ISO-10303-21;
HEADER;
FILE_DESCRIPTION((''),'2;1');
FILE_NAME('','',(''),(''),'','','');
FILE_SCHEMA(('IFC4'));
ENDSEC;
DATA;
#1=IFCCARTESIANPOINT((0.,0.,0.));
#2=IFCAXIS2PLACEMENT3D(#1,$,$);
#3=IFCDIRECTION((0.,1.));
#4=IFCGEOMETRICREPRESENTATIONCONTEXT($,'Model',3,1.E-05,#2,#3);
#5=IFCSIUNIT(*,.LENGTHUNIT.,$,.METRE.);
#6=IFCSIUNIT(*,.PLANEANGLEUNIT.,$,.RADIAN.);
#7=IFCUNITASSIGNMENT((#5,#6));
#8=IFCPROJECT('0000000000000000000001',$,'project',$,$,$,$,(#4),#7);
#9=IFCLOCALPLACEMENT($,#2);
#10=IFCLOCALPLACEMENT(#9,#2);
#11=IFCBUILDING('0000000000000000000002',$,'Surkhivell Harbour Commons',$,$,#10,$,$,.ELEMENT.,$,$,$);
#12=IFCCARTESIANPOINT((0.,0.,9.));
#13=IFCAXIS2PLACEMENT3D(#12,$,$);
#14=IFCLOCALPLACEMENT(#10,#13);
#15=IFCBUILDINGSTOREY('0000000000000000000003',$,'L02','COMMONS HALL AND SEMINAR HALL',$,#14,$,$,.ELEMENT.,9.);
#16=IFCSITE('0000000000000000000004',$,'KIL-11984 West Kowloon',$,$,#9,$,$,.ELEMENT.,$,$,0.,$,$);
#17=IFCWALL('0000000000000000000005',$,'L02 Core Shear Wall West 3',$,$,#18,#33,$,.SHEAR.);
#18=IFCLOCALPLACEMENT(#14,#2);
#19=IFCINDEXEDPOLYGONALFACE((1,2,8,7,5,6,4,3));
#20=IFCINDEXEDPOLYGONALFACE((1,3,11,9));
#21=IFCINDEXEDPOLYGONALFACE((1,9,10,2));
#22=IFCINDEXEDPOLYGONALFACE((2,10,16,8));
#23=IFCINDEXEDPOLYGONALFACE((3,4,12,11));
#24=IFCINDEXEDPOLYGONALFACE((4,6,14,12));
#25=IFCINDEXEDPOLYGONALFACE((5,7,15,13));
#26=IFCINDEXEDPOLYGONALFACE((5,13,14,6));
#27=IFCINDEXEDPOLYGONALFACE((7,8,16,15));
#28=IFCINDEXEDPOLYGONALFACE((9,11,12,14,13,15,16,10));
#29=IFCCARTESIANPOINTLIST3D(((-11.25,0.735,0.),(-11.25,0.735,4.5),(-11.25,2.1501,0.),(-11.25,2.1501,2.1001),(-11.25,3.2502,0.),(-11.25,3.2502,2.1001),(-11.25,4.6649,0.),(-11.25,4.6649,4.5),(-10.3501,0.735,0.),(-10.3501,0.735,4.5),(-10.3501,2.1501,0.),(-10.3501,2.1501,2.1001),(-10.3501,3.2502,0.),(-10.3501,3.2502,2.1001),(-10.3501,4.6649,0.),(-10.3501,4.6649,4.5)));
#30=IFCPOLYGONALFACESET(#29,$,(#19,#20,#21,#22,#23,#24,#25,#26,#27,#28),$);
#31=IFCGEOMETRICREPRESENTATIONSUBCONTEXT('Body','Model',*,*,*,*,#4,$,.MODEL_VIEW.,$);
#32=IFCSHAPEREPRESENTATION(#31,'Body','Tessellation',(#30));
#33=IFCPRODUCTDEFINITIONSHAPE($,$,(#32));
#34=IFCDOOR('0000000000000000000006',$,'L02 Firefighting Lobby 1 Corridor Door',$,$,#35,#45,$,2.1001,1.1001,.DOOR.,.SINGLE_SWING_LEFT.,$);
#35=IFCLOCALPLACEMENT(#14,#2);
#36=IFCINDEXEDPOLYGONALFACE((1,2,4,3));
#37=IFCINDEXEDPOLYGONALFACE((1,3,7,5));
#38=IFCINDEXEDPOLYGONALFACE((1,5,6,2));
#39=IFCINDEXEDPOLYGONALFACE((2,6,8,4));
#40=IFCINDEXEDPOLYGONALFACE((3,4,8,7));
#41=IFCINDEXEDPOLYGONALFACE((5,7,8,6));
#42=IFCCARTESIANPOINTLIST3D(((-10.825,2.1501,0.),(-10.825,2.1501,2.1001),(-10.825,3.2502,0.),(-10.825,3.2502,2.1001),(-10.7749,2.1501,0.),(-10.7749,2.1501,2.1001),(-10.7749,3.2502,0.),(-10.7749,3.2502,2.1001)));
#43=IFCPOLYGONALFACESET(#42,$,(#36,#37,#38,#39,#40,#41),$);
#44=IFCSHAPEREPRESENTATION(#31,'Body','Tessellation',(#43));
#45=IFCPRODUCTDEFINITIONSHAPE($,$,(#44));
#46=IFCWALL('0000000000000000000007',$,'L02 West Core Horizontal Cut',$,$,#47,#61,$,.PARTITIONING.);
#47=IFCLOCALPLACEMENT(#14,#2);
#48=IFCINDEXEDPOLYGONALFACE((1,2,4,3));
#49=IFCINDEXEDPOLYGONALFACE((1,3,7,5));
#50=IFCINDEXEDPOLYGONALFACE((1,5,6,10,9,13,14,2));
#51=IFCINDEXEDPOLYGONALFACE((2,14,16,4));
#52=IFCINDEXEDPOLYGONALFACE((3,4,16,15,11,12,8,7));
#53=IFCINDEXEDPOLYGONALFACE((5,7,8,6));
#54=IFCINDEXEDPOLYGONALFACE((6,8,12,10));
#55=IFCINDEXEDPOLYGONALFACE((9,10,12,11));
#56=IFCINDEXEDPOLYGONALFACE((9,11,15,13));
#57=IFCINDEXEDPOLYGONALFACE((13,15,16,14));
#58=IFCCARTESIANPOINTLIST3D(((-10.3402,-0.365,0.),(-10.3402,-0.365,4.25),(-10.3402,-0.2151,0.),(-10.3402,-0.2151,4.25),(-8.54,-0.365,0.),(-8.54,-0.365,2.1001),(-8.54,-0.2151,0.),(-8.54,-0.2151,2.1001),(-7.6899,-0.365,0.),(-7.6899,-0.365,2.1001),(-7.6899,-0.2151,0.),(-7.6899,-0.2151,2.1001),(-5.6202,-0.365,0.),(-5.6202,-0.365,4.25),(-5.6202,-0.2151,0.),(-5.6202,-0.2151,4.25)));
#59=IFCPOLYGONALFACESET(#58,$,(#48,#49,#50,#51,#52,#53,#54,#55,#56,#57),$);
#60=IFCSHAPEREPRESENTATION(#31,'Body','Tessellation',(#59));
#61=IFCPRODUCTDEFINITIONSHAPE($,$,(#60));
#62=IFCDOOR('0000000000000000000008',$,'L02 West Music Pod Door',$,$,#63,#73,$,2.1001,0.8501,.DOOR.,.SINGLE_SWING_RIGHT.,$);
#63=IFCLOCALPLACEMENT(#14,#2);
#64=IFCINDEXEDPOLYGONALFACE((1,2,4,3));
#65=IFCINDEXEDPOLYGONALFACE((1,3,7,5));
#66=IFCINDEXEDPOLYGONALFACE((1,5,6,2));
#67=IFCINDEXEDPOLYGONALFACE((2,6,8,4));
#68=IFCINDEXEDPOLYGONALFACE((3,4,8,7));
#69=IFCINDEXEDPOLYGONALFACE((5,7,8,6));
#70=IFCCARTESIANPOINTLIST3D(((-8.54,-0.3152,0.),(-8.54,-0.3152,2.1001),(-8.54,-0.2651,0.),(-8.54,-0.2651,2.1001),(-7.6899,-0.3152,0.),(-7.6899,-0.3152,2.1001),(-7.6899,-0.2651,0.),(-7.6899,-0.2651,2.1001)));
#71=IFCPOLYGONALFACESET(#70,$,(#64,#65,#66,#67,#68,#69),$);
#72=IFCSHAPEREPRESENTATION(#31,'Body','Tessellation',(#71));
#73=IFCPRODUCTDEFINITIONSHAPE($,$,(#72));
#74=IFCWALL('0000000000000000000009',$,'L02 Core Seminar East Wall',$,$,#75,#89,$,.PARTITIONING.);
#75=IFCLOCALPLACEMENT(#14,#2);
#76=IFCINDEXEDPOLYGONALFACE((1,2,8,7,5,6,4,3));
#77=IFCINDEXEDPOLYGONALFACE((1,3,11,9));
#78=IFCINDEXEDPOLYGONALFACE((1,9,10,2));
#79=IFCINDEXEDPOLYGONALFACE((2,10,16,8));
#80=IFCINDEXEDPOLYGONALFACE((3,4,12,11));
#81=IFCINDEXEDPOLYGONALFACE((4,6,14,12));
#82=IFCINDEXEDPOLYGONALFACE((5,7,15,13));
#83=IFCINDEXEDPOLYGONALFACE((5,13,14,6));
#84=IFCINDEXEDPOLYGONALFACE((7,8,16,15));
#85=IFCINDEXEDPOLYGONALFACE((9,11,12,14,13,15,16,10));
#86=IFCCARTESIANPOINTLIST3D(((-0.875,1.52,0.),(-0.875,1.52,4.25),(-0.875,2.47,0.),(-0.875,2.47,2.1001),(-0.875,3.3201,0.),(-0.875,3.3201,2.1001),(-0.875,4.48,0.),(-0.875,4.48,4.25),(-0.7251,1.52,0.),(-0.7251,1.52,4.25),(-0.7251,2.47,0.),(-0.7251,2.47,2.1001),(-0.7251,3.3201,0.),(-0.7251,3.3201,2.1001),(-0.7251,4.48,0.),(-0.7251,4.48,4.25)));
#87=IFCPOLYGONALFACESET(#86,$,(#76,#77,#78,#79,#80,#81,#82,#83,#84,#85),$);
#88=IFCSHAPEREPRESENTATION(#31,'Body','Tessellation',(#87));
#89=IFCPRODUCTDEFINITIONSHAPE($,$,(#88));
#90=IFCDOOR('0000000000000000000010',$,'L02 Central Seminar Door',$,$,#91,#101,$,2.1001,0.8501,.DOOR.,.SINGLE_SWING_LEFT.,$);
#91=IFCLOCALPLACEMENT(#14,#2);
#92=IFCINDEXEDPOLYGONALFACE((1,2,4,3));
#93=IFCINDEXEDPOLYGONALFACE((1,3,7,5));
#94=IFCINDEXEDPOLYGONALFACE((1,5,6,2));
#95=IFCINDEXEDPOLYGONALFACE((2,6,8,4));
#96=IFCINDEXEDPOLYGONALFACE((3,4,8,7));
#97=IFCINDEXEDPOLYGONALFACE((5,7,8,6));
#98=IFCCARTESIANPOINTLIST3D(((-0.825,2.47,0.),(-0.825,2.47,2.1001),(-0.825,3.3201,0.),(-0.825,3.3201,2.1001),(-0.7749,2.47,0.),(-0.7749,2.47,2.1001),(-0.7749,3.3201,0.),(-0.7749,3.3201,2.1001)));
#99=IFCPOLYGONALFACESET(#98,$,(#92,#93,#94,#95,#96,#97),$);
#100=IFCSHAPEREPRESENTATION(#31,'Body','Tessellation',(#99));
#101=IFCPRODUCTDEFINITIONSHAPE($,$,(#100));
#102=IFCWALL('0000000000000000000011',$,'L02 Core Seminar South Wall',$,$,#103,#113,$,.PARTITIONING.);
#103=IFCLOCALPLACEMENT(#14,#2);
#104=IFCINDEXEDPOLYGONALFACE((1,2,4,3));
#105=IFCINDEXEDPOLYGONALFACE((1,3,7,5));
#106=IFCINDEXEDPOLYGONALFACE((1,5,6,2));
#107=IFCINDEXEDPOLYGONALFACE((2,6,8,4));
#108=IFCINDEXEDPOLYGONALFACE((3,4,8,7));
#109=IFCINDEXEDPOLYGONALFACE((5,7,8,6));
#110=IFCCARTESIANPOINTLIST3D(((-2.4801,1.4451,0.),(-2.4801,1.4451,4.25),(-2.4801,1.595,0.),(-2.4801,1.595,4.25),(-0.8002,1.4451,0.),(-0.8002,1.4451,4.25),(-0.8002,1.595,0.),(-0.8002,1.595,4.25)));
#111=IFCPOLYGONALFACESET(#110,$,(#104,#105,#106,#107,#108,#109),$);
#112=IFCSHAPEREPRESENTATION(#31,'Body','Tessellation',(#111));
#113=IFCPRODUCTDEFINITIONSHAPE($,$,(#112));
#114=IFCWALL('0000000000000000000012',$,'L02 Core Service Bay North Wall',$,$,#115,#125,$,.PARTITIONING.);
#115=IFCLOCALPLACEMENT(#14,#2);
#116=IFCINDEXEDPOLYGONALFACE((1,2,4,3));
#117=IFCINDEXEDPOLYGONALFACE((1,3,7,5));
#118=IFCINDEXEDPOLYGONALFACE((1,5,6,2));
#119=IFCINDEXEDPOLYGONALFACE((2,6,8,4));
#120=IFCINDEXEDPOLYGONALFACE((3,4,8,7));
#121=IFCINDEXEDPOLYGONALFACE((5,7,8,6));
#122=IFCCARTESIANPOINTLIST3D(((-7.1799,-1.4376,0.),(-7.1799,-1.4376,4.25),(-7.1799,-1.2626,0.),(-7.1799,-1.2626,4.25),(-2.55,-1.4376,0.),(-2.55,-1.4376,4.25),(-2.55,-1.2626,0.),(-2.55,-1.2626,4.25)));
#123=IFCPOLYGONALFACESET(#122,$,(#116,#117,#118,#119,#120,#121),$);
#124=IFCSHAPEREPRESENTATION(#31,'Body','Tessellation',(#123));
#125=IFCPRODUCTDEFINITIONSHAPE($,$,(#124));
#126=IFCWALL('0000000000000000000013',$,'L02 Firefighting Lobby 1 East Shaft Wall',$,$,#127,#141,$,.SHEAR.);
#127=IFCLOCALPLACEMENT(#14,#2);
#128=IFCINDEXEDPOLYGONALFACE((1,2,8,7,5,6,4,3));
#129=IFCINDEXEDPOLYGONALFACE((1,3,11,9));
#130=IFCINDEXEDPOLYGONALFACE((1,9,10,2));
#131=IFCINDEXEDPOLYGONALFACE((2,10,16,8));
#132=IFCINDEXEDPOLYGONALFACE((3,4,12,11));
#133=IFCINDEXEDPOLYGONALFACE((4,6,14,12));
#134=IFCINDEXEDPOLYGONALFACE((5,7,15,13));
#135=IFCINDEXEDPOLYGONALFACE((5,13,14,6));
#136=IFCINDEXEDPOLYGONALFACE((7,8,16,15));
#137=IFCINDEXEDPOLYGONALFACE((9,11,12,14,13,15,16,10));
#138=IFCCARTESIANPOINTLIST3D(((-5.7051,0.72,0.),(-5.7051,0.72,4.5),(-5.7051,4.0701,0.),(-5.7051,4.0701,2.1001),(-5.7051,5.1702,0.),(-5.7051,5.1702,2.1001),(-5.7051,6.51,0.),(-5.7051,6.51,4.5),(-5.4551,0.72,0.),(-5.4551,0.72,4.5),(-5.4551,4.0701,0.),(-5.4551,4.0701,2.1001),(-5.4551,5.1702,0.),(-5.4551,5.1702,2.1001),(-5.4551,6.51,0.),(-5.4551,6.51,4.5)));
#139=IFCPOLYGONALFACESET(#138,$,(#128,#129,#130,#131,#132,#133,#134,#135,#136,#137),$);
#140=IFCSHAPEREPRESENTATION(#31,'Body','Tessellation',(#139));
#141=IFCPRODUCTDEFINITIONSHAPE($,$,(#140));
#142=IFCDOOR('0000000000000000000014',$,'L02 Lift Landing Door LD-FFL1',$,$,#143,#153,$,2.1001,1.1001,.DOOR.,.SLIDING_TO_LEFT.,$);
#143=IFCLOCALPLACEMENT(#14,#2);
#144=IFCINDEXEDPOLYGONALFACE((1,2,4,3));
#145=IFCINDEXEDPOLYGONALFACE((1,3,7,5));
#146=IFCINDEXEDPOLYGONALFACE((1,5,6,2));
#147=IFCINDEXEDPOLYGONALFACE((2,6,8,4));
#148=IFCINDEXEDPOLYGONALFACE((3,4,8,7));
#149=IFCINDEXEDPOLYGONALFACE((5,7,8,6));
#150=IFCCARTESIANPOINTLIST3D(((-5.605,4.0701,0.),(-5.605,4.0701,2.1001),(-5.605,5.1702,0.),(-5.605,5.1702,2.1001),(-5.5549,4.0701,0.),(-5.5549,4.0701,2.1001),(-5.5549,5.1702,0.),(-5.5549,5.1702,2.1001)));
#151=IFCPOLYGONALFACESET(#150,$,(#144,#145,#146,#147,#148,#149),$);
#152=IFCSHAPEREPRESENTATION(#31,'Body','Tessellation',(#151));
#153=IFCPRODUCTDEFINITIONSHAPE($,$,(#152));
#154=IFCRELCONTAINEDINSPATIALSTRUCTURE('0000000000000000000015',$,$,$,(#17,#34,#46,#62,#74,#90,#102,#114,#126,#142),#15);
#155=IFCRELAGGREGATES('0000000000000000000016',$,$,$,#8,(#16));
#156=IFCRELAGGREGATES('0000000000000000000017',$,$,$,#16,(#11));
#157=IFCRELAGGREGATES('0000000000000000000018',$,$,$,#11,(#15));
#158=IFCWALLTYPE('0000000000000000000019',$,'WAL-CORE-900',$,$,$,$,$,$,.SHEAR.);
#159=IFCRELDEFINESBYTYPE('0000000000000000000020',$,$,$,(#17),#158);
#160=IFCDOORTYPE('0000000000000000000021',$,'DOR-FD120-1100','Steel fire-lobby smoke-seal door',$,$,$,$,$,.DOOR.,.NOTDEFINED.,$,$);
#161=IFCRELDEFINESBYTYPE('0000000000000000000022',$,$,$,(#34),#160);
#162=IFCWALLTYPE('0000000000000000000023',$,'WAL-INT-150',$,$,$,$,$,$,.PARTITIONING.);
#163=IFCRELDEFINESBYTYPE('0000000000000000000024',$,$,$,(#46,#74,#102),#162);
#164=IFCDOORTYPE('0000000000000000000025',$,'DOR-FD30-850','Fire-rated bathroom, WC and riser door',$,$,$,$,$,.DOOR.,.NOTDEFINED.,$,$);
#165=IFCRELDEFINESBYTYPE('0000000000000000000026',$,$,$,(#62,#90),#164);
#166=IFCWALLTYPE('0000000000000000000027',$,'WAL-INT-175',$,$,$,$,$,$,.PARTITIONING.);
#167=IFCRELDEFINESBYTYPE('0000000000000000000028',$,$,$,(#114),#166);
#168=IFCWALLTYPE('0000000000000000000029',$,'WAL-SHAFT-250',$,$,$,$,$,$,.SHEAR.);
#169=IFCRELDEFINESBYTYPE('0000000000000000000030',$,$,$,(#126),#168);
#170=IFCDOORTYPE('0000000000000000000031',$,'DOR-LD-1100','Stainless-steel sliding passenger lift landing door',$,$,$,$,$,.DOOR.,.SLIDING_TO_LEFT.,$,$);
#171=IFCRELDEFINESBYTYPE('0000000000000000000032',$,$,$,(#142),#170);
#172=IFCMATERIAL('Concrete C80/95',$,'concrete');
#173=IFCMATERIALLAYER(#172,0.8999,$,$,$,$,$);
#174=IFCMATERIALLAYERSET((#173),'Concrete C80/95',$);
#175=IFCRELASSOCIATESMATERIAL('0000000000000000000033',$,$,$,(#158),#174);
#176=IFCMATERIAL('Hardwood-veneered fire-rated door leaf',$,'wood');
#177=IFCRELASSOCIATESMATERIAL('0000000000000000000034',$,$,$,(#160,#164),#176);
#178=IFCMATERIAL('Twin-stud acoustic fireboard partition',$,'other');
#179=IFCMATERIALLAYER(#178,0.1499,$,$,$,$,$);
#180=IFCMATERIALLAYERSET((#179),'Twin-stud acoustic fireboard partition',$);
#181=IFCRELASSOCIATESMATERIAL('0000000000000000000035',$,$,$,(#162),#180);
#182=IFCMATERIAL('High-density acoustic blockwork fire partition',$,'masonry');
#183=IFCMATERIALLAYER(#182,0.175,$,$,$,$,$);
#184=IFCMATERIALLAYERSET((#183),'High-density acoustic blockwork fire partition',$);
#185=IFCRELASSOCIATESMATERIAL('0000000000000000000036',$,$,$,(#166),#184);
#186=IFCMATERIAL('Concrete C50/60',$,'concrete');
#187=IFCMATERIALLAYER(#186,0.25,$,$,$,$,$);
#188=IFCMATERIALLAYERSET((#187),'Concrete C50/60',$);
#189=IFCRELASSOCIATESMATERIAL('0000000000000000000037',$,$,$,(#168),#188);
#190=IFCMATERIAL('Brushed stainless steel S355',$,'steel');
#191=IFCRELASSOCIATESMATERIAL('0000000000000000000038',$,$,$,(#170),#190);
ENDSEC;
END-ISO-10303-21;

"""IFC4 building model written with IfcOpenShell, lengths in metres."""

from ifc_helpers import new_model, si_unit, direction, frame, frame_2d, origin, place, context, subcontext, project, spatial, rectangle, extrude, material, layer, layer_set, type_object, element, fill, save


model = new_model("IFC4")

# Units and contexts
model_context = context("Model", 3, precision=1e-05, world=origin(), true_north=direction((0.0, 1.0)))
body_context = subcontext(model_context, "Body", "Model", "MODEL_VIEW")
ifc_project = project(units=[si_unit("LENGTHUNIT", "METRE"), si_unit("PLANEANGLEUNIT", "RADIAN")], contexts=[model_context])

# Site, building, storey
site_placement = place(None, origin())
site = spatial("IfcSite", under=ifc_project, at=site_placement, Name="KIL-11984 West Kowloon", CompositionType="ELEMENT", RefElevation=0.0)
building_placement = place(site_placement, origin())
building = spatial("IfcBuilding", under=site, at=building_placement, Name="Surkhivell Harbour Commons", CompositionType="ELEMENT")
storey_placement = place(building_placement, frame((0.0, 0.0, 9.0)))
storey = spatial("IfcBuildingStorey", under=building, at=storey_placement, Name="L02", Description="COMMONS HALL AND SEMINAR HALL", CompositionType="ELEMENT", Elevation=9.0)

# Shared definitions
ifc_material_1 = material(Name="Concrete C80/95", Category="concrete")

# Shared definitions
ifc_material_2 = material(Name="Concrete C50/60", Category="concrete")

# Walls, openings, doors
ifc_layer_1 = layer(ifc_material_1, 0.8999)
ifc_layer_set_1 = layer_set([ifc_layer_1], Name="Concrete C80/95")
wall_type_1 = type_object("IfcWallType", Name="WAL-CORE-900", PredefinedType="SHEAR", material=ifc_layer_set_1)
wall_1_placement = place(storey_placement, frame((-10.8, 0.7351, 0.0), z_axis=(0.0, 0.0, 1.0), x_axis=(0.0, 1.0, 0.0)))
wall_1 = element("IfcWall", 1, at=wall_1_placement, inside=storey, type_object=wall_type_1, Name="L02 Core Shear Wall West 3", PredefinedType="SHEAR", context=body_context, shape_type="SweptSolid", body=[
    extrude(rectangle(XDim=3.9299, YDim=0.8999, at=frame_2d((1.9648, 0.0))), origin(), (0.0, 0.0, 1.0), 4.5),
])
opening_1_placement = place(wall_1_placement, frame((1.415, 0.0, 0.0)))
opening_1 = element("IfcOpeningElement", 2, at=opening_1_placement, cuts=wall_1, PredefinedType="OPENING", context=body_context, shape_type="SweptSolid", body=[
    extrude(rectangle(XDim=1.1001, YDim=2.1001, at=frame_2d((0.55, 1.05))), frame((0.0, 0.46, 0.0), z_axis=(0.0, -1.0, 0.0), x_axis=(1.0, 0.0, 0.0)), (0.0, 0.0, 1.0), 0.9199),
])
ifc_material_3 = material(Name="Hardwood-veneered fire-rated door leaf", Category="wood")
door_type_1 = type_object("IfcDoorType", Name="DOR-FD120-1100", Description="Steel fire-lobby smoke-seal door", OperationType="NOTDEFINED", PredefinedType="DOOR", material=ifc_material_3)
door_1_placement = place(opening_1_placement, origin())
door_1 = element("IfcDoor", 3, at=door_1_placement, inside=storey, type_object=door_type_1, Name="L02 Firefighting Lobby 1 Corridor Door", OperationType="SINGLE_SWING_LEFT", OverallHeight=2.1001, OverallWidth=1.1001, PredefinedType="DOOR", context=body_context, shape_type="SweptSolid", body=[
    extrude(rectangle(XDim=1.1001, YDim=2.1001, at=frame_2d((0.55, 1.05))), frame((0.0, 0.0249, 0.0), z_axis=(0.0, -1.0, 0.0), x_axis=(1.0, 0.0, 0.0)), (0.0, 0.0, 1.0), 0.05),
])
fill(opening_1, door_1)
ifc_material_4 = material(Name="Twin-stud acoustic fireboard partition", Category="other")
ifc_layer_2 = layer(ifc_material_4, 0.1499)
ifc_layer_set_2 = layer_set([ifc_layer_2], Name="Twin-stud acoustic fireboard partition")
wall_type_2 = type_object("IfcWallType", Name="WAL-INT-150", PredefinedType="PARTITIONING", material=ifc_layer_set_2)
wall_2_placement = place(storey_placement, frame((-10.3401, -0.29, 0.0), z_axis=(0.0, 0.0, 1.0), x_axis=(1.0, 0.0, 0.0)))
wall_2 = element("IfcWall", 4, at=wall_2_placement, inside=storey, type_object=wall_type_2, Name="L02 West Core Horizontal Cut", PredefinedType="PARTITIONING", context=body_context, shape_type="SweptSolid", body=[
    extrude(rectangle(XDim=4.72, YDim=0.1499, at=frame_2d((2.3599, 0.0))), origin(), (0.0, 0.0, 1.0), 4.25),
])
opening_2_placement = place(wall_2_placement, frame((1.8, 0.0, 0.0)))
opening_2 = element("IfcOpeningElement", 5, at=opening_2_placement, cuts=wall_2, PredefinedType="OPENING", context=body_context, shape_type="SweptSolid", body=[
    extrude(rectangle(XDim=0.8501, YDim=2.1001, at=frame_2d((0.425, 1.05))), frame((0.0, 0.085, 0.0), z_axis=(0.0, -1.0, 0.0), x_axis=(1.0, 0.0, 0.0)), (0.0, 0.0, 1.0), 0.1699),
])
door_type_2 = type_object("IfcDoorType", Name="DOR-FD30-850", Description="Fire-rated bathroom, WC and riser door", OperationType="NOTDEFINED", PredefinedType="DOOR", material=ifc_material_3)
door_2_placement = place(opening_2_placement, origin())
door_2 = element("IfcDoor", 6, at=door_2_placement, inside=storey, type_object=door_type_2, Name="L02 West Music Pod Door", OperationType="SINGLE_SWING_RIGHT", OverallHeight=2.1001, OverallWidth=0.8501, PredefinedType="DOOR", context=body_context, shape_type="SweptSolid", body=[
    extrude(rectangle(XDim=0.8501, YDim=2.1001, at=frame_2d((0.425, 1.05))), frame((0.0, 0.0249, 0.0), z_axis=(0.0, -1.0, 0.0), x_axis=(1.0, 0.0, 0.0)), (0.0, 0.0, 1.0), 0.05),
])
fill(opening_2, door_2)
wall_3_placement = place(storey_placement, frame((-0.8, 1.52, 0.0), z_axis=(0.0, 0.0, 1.0), x_axis=(0.0, 1.0, 0.0)))
wall_3 = element("IfcWall", 7, at=wall_3_placement, inside=storey, type_object=wall_type_2, Name="L02 Core Seminar East Wall", PredefinedType="PARTITIONING", context=body_context, shape_type="SweptSolid", body=[
    extrude(rectangle(XDim=2.96, YDim=0.1499, at=frame_2d((1.48, 0.0))), origin(), (0.0, 0.0, 1.0), 4.25),
])
opening_3_placement = place(wall_3_placement, frame((0.95, 0.0, 0.0)))
opening_3 = element("IfcOpeningElement", 8, at=opening_3_placement, cuts=wall_3, PredefinedType="OPENING", context=body_context, shape_type="SweptSolid", body=[
    extrude(rectangle(XDim=0.8501, YDim=2.1001, at=frame_2d((0.425, 1.05))), frame((0.0, 0.085, 0.0), z_axis=(0.0, -1.0, 0.0), x_axis=(1.0, 0.0, 0.0)), (0.0, 0.0, 1.0), 0.1699),
])
door_3_placement = place(opening_3_placement, origin())
door_3 = element("IfcDoor", 9, at=door_3_placement, inside=storey, type_object=door_type_2, Name="L02 Central Seminar Door", OperationType="SINGLE_SWING_LEFT", OverallHeight=2.1001, OverallWidth=0.8501, PredefinedType="DOOR", context=body_context, shape_type="SweptSolid", body=[
    extrude(rectangle(XDim=0.8501, YDim=2.1001, at=frame_2d((0.425, 1.05))), frame((0.0, 0.0249, 0.0), z_axis=(0.0, -1.0, 0.0), x_axis=(1.0, 0.0, 0.0)), (0.0, 0.0, 1.0), 0.05),
])
fill(opening_3, door_3)

# Walls
wall_4_placement = place(storey_placement, frame((-2.48, 1.52, 0.0), z_axis=(0.0, 0.0, 1.0), x_axis=(1.0, 0.0, 0.0)))
element("IfcWall", 10, at=wall_4_placement, inside=storey, type_object=wall_type_2, Name="L02 Core Seminar South Wall", PredefinedType="PARTITIONING", context=body_context, shape_type="SweptSolid", body=[
    extrude(rectangle(XDim=1.6799, YDim=0.1499, at=frame_2d((0.8398, 0.0))), origin(), (0.0, 0.0, 1.0), 4.25),
])
ifc_material_5 = material(Name="High-density acoustic blockwork fire partition", Category="masonry")
ifc_layer_3 = layer(ifc_material_5, 0.175)
ifc_layer_set_3 = layer_set([ifc_layer_3], Name="High-density acoustic blockwork fire partition")
wall_type_3 = type_object("IfcWallType", Name="WAL-INT-175", PredefinedType="PARTITIONING", material=ifc_layer_set_3)
wall_5_placement = place(storey_placement, frame((-7.1799, -1.3501, 0.0), z_axis=(0.0, 0.0, 1.0), x_axis=(1.0, 0.0, 0.0)))
element("IfcWall", 11, at=wall_5_placement, inside=storey, type_object=wall_type_3, Name="L02 Core Service Bay North Wall", PredefinedType="PARTITIONING", context=body_context, shape_type="SweptSolid", body=[
    extrude(rectangle(XDim=4.6299, YDim=0.175, at=frame_2d((2.3149, 0.0))), origin(), (0.0, 0.0, 1.0), 4.25),
])

# Wall, opening, door
ifc_layer_4 = layer(ifc_material_2, 0.25)
ifc_layer_set_4 = layer_set([ifc_layer_4], Name="Concrete C50/60")
wall_type_4 = type_object("IfcWallType", Name="WAL-SHAFT-250", PredefinedType="SHEAR", material=ifc_layer_set_4)
wall_6_placement = place(storey_placement, frame((-5.5801, 0.72, 0.0), z_axis=(0.0, 0.0, 1.0), x_axis=(0.0, 1.0, 0.0)))
wall_6 = element("IfcWall", 12, at=wall_6_placement, inside=storey, type_object=wall_type_4, Name="L02 Firefighting Lobby 1 East Shaft Wall", PredefinedType="SHEAR", context=body_context, shape_type="SweptSolid", body=[
    extrude(rectangle(XDim=5.79, YDim=0.25, at=frame_2d((2.895, 0.0))), origin(), (0.0, 0.0, 1.0), 4.5),
])
opening_4_placement = place(wall_6_placement, frame((3.3501, 0.0, 0.0)))
opening_4 = element("IfcOpeningElement", 13, at=opening_4_placement, cuts=wall_6, PredefinedType="OPENING", context=body_context, shape_type="SweptSolid", body=[
    extrude(rectangle(XDim=1.1001, YDim=2.1001, at=frame_2d((0.55, 1.05))), frame((0.0, 0.135, 0.0), z_axis=(0.0, -1.0, 0.0), x_axis=(1.0, 0.0, 0.0)), (0.0, 0.0, 1.0), 0.27),
])
ifc_material_6 = material(Name="Brushed stainless steel S355", Category="steel")
door_type_3 = type_object("IfcDoorType", Name="DOR-LD-1100", Description="Stainless-steel sliding passenger lift landing door", OperationType="SLIDING_TO_LEFT", PredefinedType="DOOR", material=ifc_material_6)
door_4_placement = place(opening_4_placement, origin())
door_4 = element("IfcDoor", 14, at=door_4_placement, inside=storey, type_object=door_type_3, Name="L02 Lift Landing Door LD-FFL1", OperationType="SLIDING_TO_LEFT", OverallHeight=2.1001, OverallWidth=1.1001, PredefinedType="DOOR", context=body_context, shape_type="SweptSolid", body=[
    extrude(rectangle(XDim=1.1001, YDim=2.1001, at=frame_2d((0.55, 1.05))), frame((0.0, 0.0249, 0.0), z_axis=(0.0, -1.0, 0.0), x_axis=(1.0, 0.0, 0.0)), (0.0, 0.0, 1.0), 0.05),
])
fill(opening_4, door_4)

save(model, "model.ifc")
